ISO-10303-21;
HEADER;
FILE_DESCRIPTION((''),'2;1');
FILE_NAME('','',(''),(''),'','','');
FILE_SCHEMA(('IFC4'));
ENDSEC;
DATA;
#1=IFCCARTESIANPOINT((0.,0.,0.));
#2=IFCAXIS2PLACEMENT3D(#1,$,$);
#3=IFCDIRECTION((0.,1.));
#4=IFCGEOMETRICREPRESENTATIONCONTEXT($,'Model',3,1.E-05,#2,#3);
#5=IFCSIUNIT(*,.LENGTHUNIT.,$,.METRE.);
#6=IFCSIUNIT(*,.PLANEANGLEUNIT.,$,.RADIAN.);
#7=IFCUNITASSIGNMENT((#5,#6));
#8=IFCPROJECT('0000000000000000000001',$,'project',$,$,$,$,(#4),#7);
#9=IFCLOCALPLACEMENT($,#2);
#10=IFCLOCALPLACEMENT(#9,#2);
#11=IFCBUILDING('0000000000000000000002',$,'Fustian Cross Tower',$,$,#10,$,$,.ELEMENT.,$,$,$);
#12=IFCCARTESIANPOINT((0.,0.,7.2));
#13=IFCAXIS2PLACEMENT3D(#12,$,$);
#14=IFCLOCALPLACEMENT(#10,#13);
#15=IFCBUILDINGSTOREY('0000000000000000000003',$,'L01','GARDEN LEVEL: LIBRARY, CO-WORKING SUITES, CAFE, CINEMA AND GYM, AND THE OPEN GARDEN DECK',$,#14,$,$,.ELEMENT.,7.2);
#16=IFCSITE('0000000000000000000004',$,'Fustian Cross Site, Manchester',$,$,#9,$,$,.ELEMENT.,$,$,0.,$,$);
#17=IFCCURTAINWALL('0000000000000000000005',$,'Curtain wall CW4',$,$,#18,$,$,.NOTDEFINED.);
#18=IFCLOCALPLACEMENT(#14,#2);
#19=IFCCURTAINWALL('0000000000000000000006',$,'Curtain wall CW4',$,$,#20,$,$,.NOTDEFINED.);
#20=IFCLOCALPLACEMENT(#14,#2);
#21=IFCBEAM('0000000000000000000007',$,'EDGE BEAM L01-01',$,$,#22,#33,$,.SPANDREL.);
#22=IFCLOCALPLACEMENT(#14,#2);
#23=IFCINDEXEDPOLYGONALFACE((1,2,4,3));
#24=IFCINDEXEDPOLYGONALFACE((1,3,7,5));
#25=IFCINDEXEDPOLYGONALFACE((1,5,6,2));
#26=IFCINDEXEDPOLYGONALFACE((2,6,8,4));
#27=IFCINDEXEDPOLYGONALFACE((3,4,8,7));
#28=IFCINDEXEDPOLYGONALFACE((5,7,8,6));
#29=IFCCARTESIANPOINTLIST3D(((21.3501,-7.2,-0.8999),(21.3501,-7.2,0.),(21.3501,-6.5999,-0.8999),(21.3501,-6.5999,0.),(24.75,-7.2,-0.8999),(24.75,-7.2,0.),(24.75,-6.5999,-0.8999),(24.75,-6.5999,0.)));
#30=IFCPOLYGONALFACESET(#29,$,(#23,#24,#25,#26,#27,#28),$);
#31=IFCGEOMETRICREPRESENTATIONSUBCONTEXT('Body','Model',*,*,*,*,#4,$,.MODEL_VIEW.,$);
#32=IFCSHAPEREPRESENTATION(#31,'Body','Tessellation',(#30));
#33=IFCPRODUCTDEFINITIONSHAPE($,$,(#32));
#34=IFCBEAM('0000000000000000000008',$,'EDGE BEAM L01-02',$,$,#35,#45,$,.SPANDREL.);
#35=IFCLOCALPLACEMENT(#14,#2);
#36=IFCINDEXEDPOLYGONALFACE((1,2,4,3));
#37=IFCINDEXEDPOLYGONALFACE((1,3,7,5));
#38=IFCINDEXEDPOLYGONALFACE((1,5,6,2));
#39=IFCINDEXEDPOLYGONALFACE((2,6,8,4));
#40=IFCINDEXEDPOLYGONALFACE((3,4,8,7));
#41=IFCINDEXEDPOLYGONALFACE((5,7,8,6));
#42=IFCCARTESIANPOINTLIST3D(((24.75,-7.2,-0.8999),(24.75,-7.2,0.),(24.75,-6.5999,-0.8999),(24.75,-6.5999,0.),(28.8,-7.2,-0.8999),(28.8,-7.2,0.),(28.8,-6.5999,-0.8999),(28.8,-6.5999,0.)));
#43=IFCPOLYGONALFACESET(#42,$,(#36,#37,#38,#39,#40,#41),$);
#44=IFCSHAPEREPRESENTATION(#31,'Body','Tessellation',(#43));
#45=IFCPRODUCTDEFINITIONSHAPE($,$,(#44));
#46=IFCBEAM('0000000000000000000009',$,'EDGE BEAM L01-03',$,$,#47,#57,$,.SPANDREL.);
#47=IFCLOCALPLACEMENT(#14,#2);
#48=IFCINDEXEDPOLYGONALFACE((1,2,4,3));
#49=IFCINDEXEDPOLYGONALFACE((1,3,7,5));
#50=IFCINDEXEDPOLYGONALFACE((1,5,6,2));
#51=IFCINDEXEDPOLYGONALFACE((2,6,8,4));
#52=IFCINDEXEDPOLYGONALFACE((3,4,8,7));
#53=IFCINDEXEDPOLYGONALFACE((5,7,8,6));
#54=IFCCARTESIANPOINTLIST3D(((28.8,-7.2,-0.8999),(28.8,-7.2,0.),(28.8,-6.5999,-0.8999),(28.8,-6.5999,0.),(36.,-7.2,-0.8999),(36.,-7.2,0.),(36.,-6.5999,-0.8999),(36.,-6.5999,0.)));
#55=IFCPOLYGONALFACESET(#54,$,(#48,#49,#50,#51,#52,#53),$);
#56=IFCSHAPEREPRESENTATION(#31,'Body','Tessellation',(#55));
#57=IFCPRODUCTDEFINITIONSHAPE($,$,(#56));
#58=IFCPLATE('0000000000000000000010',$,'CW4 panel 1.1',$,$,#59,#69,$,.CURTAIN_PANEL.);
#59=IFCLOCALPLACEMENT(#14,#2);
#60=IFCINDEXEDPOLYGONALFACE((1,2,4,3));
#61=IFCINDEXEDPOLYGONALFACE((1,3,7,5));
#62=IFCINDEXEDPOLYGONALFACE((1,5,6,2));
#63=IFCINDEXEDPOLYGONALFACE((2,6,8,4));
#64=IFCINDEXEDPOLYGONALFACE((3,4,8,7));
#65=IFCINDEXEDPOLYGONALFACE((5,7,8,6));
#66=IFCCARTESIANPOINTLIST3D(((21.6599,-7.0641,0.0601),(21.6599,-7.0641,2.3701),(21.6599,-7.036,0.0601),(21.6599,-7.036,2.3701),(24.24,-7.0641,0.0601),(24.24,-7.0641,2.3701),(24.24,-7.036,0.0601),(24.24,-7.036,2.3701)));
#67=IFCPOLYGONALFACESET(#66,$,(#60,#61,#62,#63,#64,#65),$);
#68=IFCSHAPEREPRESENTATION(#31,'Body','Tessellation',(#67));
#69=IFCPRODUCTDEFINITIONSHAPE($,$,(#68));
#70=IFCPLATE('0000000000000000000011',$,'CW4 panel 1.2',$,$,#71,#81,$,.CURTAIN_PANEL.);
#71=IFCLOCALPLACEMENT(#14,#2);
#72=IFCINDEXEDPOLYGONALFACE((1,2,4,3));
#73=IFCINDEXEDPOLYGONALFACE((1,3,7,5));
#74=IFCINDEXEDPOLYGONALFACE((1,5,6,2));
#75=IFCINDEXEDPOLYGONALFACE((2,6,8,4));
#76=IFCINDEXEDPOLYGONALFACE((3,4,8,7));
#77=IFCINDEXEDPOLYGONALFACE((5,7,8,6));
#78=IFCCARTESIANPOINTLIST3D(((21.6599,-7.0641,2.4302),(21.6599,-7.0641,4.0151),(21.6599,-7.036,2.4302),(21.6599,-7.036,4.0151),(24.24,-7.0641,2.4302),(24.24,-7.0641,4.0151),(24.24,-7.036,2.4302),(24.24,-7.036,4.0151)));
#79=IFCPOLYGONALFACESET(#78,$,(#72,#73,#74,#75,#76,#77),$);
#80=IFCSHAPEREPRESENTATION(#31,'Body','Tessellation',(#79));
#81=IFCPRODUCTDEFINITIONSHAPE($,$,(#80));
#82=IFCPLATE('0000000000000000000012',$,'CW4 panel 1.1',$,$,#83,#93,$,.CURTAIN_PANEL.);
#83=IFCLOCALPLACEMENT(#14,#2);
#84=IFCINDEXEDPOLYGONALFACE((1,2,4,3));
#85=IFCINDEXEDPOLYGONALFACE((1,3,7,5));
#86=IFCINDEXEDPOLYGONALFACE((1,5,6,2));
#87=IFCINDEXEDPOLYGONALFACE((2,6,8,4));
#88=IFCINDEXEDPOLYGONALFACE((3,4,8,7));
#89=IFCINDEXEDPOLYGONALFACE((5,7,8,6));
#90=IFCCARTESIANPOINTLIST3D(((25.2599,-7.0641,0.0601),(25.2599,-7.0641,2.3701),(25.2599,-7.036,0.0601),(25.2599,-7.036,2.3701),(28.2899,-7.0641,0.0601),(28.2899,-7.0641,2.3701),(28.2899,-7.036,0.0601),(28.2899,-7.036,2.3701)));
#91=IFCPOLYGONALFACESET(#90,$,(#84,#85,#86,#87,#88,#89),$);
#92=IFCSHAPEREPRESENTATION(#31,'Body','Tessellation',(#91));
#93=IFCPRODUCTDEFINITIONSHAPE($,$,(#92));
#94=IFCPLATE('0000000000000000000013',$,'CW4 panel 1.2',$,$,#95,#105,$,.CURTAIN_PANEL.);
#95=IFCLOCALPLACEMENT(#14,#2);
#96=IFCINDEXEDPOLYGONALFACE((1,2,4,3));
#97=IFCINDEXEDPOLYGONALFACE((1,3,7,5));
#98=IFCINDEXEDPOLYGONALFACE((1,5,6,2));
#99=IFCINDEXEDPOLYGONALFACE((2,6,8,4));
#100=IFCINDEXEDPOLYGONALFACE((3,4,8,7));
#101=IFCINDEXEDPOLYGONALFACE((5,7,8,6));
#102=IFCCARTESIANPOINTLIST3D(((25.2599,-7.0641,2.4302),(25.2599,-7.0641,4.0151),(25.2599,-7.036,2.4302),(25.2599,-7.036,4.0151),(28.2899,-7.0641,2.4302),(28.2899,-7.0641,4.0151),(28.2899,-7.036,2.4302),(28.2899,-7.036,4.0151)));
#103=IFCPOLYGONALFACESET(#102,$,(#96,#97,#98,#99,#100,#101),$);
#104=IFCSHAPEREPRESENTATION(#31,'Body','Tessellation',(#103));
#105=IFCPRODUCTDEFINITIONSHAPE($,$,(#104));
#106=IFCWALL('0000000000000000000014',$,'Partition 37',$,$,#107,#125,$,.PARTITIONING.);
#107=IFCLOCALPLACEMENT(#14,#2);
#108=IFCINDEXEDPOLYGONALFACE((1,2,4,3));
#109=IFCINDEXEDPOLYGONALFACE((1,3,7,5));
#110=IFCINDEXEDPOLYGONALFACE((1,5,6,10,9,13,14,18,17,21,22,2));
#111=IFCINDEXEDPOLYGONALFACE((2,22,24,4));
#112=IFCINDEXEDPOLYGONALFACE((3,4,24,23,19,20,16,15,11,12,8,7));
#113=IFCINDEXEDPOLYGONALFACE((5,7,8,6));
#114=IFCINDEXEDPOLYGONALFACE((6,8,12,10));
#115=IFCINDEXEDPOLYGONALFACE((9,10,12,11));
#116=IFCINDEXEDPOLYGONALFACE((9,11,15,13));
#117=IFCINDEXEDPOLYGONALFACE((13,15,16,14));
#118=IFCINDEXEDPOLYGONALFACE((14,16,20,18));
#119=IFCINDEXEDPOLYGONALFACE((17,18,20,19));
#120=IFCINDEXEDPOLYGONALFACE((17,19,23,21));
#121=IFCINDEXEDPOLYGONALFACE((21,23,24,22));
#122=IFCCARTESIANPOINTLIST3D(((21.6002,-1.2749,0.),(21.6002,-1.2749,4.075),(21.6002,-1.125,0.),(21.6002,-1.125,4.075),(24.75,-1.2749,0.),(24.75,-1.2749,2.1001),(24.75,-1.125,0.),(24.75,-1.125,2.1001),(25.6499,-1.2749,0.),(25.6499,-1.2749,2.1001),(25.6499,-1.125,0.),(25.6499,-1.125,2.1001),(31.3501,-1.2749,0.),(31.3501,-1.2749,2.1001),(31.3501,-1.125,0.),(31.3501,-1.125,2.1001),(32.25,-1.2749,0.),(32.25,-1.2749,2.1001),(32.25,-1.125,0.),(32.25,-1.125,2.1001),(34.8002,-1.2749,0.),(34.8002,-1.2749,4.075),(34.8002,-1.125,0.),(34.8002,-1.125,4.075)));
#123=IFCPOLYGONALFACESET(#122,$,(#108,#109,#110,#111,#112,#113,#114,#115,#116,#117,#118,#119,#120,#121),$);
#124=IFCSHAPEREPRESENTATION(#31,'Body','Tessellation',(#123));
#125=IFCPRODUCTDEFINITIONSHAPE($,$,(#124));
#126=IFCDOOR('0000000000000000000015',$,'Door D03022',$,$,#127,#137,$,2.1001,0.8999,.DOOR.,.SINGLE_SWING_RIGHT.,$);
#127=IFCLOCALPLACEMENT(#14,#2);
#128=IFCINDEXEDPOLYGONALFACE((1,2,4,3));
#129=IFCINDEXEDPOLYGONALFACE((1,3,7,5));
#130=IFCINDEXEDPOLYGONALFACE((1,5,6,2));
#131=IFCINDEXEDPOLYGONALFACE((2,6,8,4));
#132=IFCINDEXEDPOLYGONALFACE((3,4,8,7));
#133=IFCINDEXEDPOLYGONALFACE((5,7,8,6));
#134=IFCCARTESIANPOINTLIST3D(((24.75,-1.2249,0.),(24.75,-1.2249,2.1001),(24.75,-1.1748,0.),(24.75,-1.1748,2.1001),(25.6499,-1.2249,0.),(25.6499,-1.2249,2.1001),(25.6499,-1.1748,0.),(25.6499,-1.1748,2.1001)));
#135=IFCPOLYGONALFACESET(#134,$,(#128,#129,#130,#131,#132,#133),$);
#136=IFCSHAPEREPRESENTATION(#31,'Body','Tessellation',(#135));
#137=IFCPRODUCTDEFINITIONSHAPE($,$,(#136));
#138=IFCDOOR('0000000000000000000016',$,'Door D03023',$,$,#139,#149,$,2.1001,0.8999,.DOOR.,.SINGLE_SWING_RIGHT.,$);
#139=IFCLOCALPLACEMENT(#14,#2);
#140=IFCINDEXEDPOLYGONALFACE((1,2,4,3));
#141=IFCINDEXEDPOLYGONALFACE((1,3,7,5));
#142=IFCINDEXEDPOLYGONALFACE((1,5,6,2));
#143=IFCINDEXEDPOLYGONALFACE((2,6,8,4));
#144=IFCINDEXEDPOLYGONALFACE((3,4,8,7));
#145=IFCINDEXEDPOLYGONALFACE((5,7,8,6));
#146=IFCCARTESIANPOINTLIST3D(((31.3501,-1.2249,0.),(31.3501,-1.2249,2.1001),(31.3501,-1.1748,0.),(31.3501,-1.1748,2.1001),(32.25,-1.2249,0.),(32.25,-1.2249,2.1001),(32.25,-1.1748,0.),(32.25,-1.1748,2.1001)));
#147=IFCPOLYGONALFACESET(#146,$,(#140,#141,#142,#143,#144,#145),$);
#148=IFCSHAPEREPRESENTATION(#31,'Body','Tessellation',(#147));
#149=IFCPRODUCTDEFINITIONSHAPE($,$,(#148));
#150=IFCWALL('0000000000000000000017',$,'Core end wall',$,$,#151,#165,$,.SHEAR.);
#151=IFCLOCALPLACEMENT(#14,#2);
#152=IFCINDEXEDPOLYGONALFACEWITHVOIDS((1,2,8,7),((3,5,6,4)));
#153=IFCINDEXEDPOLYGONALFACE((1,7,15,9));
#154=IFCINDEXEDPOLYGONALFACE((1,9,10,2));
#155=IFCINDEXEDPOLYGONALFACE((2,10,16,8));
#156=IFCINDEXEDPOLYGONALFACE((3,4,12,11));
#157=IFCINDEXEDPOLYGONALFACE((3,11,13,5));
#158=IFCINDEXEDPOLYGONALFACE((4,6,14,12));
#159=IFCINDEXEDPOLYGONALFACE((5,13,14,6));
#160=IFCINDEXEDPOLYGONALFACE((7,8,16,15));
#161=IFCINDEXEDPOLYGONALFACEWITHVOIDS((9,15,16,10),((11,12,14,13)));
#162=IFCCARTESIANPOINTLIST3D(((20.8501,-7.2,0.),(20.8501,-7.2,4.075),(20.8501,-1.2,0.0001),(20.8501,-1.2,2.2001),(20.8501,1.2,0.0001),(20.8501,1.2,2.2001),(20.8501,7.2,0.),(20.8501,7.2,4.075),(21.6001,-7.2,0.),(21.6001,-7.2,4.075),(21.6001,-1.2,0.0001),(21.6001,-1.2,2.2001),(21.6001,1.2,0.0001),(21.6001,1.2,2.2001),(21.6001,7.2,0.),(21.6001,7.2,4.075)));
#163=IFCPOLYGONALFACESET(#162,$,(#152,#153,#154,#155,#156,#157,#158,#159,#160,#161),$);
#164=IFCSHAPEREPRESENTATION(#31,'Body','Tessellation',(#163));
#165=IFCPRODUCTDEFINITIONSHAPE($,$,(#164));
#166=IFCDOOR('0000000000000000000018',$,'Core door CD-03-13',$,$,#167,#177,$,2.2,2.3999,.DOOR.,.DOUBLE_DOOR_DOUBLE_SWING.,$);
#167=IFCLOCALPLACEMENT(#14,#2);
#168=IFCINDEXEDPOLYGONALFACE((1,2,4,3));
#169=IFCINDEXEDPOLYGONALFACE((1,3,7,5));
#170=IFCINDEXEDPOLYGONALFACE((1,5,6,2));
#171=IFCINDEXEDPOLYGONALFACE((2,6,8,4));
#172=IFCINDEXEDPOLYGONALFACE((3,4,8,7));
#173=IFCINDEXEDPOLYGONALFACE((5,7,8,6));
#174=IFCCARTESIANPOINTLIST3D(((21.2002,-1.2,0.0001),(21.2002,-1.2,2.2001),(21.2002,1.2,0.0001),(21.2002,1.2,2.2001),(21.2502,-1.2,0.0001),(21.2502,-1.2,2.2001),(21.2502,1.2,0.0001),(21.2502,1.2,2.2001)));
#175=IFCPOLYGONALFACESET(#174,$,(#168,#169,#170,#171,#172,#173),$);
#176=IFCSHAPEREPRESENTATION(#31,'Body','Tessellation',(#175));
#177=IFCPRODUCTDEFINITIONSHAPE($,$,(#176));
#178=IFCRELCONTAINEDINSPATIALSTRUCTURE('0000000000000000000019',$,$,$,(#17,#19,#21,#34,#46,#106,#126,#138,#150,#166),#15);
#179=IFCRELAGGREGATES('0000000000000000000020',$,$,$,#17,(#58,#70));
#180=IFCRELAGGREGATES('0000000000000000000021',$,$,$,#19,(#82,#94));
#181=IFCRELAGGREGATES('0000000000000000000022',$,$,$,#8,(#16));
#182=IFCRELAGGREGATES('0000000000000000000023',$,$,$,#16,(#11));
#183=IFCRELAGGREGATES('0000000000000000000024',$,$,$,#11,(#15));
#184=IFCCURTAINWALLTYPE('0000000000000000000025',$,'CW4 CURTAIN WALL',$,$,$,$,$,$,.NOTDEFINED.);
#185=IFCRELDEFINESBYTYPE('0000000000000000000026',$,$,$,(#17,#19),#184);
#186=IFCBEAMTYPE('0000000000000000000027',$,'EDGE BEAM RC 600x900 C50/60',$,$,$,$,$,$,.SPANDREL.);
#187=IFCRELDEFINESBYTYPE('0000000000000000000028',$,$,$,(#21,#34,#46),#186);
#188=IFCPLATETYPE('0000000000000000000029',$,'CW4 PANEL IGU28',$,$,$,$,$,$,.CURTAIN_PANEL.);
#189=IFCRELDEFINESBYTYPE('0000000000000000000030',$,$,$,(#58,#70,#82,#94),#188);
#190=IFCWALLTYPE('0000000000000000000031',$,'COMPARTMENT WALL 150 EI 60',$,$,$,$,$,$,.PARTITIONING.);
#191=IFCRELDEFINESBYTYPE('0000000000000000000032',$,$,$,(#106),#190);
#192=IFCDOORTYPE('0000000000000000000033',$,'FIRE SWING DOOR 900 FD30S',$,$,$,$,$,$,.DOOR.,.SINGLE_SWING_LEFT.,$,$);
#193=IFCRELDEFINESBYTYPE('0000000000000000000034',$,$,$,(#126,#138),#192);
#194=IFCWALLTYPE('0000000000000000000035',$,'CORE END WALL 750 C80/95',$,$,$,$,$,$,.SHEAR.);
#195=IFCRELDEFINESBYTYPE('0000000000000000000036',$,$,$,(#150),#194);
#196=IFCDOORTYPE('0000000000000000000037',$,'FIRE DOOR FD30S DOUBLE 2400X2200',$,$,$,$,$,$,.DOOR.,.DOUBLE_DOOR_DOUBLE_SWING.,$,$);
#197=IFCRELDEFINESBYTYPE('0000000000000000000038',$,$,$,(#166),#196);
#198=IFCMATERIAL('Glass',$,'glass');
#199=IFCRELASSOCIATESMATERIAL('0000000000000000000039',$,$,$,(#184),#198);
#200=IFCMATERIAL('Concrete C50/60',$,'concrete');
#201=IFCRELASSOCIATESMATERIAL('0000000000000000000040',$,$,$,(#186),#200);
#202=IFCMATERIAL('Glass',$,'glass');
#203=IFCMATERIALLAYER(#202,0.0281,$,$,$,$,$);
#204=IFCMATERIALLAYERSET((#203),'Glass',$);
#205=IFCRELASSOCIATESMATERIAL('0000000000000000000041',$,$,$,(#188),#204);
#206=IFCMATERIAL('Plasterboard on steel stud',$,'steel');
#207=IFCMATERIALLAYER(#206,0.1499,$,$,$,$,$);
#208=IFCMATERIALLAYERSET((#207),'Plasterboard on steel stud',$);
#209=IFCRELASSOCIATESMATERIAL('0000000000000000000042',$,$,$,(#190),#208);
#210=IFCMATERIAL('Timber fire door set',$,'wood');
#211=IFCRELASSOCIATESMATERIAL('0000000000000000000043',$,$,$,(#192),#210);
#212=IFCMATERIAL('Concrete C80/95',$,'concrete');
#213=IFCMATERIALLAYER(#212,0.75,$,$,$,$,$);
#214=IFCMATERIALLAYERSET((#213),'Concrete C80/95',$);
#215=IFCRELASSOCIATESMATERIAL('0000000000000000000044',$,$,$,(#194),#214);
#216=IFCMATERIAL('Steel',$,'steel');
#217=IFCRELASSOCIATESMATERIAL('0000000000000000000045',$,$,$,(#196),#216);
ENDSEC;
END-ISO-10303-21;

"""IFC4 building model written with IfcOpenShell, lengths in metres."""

from ifc_helpers import new_model, si_unit, direction, frame, frame_2d, origin, origin_2d, place, context, subcontext, project, spatial, rectangle, extrude, material, layer, layer_set, material_profile, profile_set, type_object, element, fill, aggregate, save


model = new_model("IFC4")

# Units and contexts
model_context = context("Model", 3, precision=1e-05, world=origin(), true_north=direction((0.0, 1.0)))
body_context = subcontext(model_context, "Body", "Model", "MODEL_VIEW")
ifc_project = project(units=[si_unit("LENGTHUNIT", "METRE"), si_unit("PLANEANGLEUNIT", "RADIAN")], contexts=[model_context])

# Site, building, storey
site_placement = place(None, origin())
site = spatial("IfcSite", under=ifc_project, at=site_placement, Name="Fustian Cross Site, Manchester", CompositionType="ELEMENT", RefElevation=0.0)
building_placement = place(site_placement, origin())
building = spatial("IfcBuilding", under=site, at=building_placement, Name="Fustian Cross Tower", CompositionType="ELEMENT")
storey_placement = place(building_placement, frame((0.0, 0.0, 7.2)))
storey = spatial("IfcBuildingStorey", under=building, at=storey_placement, Name="L01", Description="GARDEN LEVEL: LIBRARY, CO-WORKING SUITES, CAFE, CINEMA AND GYM, AND THE OPEN GARDEN DECK", CompositionType="ELEMENT", Elevation=7.2)

# Curtain walls
ifc_material_1 = material(Name="Glass", Category="glass")
curtain_wall_type = type_object("IfcCurtainWallType", Name="CW4 CURTAIN WALL", PredefinedType="NOTDEFINED", material=ifc_material_1)
curtain_wall_1_placement = place(storey_placement, origin())
curtain_wall_1 = element("IfcCurtainWall", 1, at=curtain_wall_1_placement, inside=storey, type_object=curtain_wall_type, Name="Curtain wall CW4", PredefinedType="NOTDEFINED")
curtain_wall_2_placement = place(storey_placement, origin())
curtain_wall_2 = element("IfcCurtainWall", 2, at=curtain_wall_2_placement, inside=storey, type_object=curtain_wall_type, Name="Curtain wall CW4", PredefinedType="NOTDEFINED")

# Beams
ifc_material_2 = material(Name="Concrete C50/60", Category="concrete")
ifc_material_profile_1 = material_profile(ifc_material_2, rectangle(XDim=0.6001, YDim=0.8999, at=origin_2d()), Name="RC 600x900")
ifc_profile_set_1 = profile_set([ifc_material_profile_1], Name="Concrete C50/60")
beam_type = type_object("IfcBeamType", Name="EDGE BEAM RC 600x900 C50/60", PredefinedType="SPANDREL", material=ifc_profile_set_1)
beam_1_placement = place(storey_placement, frame((21.3501, -6.8999, -0.45), z_axis=(1.0, 0.0, 0.0), x_axis=(0.0, 1.0, 0.0)))
element("IfcBeam", 3, at=beam_1_placement, inside=storey, type_object=beam_type, Name="EDGE BEAM L01-01", PredefinedType="SPANDREL", context=body_context, shape_type="SweptSolid", body=[
    extrude(rectangle(XDim=0.6001, YDim=0.8999, at=origin_2d()), origin(), (0.0, 0.0, 1.0), 3.3999),
])
beam_2_placement = place(storey_placement, frame((24.75, -6.8999, -0.45), z_axis=(1.0, 0.0, 0.0), x_axis=(0.0, 1.0, 0.0)))
element("IfcBeam", 4, at=beam_2_placement, inside=storey, type_object=beam_type, Name="EDGE BEAM L01-02", PredefinedType="SPANDREL", context=body_context, shape_type="SweptSolid", body=[
    extrude(rectangle(XDim=0.6001, YDim=0.8999, at=origin_2d()), origin(), (0.0, 0.0, 1.0), 4.05),
])
beam_3_placement = place(storey_placement, frame((28.8, -6.8999, -0.45), z_axis=(1.0, 0.0, 0.0), x_axis=(0.0, 1.0, 0.0)))
element("IfcBeam", 5, at=beam_3_placement, inside=storey, type_object=beam_type, Name="EDGE BEAM L01-03", PredefinedType="SPANDREL", context=body_context, shape_type="SweptSolid", body=[
    extrude(rectangle(XDim=0.6001, YDim=0.8999, at=origin_2d()), origin(), (0.0, 0.0, 1.0), 7.2),
])

# Plates
ifc_material_3 = material(Name="Glass", Category="glass")
ifc_layer_1 = layer(ifc_material_3, 0.0281)
ifc_layer_set_1 = layer_set([ifc_layer_1], Name="Glass")
plate_type = type_object("IfcPlateType", Name="CW4 PANEL IGU28", PredefinedType="CURTAIN_PANEL", material=ifc_layer_set_1)
plate_1_placement = place(storey_placement, frame((22.95, -7.05, 0.0601), z_axis=(0.0, 0.0, 1.0), x_axis=(1.0, 0.0, 0.0)))
plate_1 = element("IfcPlate", 6, at=plate_1_placement, type_object=plate_type, Name="CW4 panel 1.1", PredefinedType="CURTAIN_PANEL", context=body_context, shape_type="SweptSolid", body=[
    extrude(rectangle(XDim=2.5801, YDim=0.0281, at=origin_2d()), origin(), (0.0, 0.0, 1.0), 2.3101),
])
plate_2_placement = place(storey_placement, frame((22.95, -7.05, 2.4302), z_axis=(0.0, 0.0, 1.0), x_axis=(1.0, 0.0, 0.0)))
plate_2 = element("IfcPlate", 7, at=plate_2_placement, type_object=plate_type, Name="CW4 panel 1.2", PredefinedType="CURTAIN_PANEL", context=body_context, shape_type="SweptSolid", body=[
    extrude(rectangle(XDim=2.5801, YDim=0.0281, at=origin_2d()), origin(), (0.0, 0.0, 1.0), 1.585),
])
aggregate(curtain_wall_1, [plate_1, plate_2])
plate_3_placement = place(storey_placement, frame((26.7749, -7.05, 0.0601), z_axis=(0.0, 0.0, 1.0), x_axis=(1.0, 0.0, 0.0)))
plate_3 = element("IfcPlate", 8, at=plate_3_placement, type_object=plate_type, Name="CW4 panel 1.1", PredefinedType="CURTAIN_PANEL", context=body_context, shape_type="SweptSolid", body=[
    extrude(rectangle(XDim=3.03, YDim=0.0281, at=origin_2d()), origin(), (0.0, 0.0, 1.0), 2.3101),
])
plate_4_placement = place(storey_placement, frame((26.7749, -7.05, 2.4302), z_axis=(0.0, 0.0, 1.0), x_axis=(1.0, 0.0, 0.0)))
plate_4 = element("IfcPlate", 9, at=plate_4_placement, type_object=plate_type, Name="CW4 panel 1.2", PredefinedType="CURTAIN_PANEL", context=body_context, shape_type="SweptSolid", body=[
    extrude(rectangle(XDim=3.03, YDim=0.0281, at=origin_2d()), origin(), (0.0, 0.0, 1.0), 1.585),
])
aggregate(curtain_wall_2, [plate_3, plate_4])

# Wall, openings, doors
ifc_material_4 = material(Name="Plasterboard on steel stud", Category="steel")
ifc_layer_2 = layer(ifc_material_4, 0.1499)
ifc_layer_set_2 = layer_set([ifc_layer_2], Name="Plasterboard on steel stud")
wall_type_1 = type_object("IfcWallType", Name="COMPARTMENT WALL 150 EI 60", PredefinedType="PARTITIONING", material=ifc_layer_set_2)
wall_1_placement = place(storey_placement, frame((21.6001, -1.2, 0.0), z_axis=(0.0, 0.0, 1.0), x_axis=(1.0, 0.0, 0.0)))
wall_1 = element("IfcWall", 10, at=wall_1_placement, inside=storey, type_object=wall_type_1, Name="Partition 37", PredefinedType="PARTITIONING", context=body_context, shape_type="SweptSolid", body=[
    extrude(rectangle(XDim=13.2, YDim=0.1499, at=frame_2d((6.6001, 0.0))), origin(), (0.0, 0.0, 1.0), 4.075),
])
opening_1_placement = place(wall_1_placement, frame((3.1499, 0.0, 0.0)))
opening_1 = element("IfcOpeningElement", 11, at=opening_1_placement, cuts=wall_1, PredefinedType="OPENING", context=body_context, shape_type="SweptSolid", body=[
    extrude(rectangle(XDim=0.8999, YDim=2.1001, at=frame_2d((0.45, 1.05))), frame((0.0, 0.085, 0.0), z_axis=(0.0, -1.0, 0.0), x_axis=(1.0, 0.0, 0.0)), (0.0, 0.0, 1.0), 0.1699),
])
opening_2_placement = place(wall_1_placement, frame((9.75, 0.0, 0.0)))
opening_2 = element("IfcOpeningElement", 12, at=opening_2_placement, cuts=wall_1, PredefinedType="OPENING", context=body_context, shape_type="SweptSolid", body=[
    extrude(rectangle(XDim=0.8999, YDim=2.1001, at=frame_2d((0.45, 1.05))), frame((0.0, 0.085, 0.0), z_axis=(0.0, -1.0, 0.0), x_axis=(1.0, 0.0, 0.0)), (0.0, 0.0, 1.0), 0.1699),
])
ifc_material_5 = material(Name="Timber fire door set", Category="wood")
door_type_1 = type_object("IfcDoorType", Name="FIRE SWING DOOR 900 FD30S", OperationType="SINGLE_SWING_LEFT", PredefinedType="DOOR", material=ifc_material_5)
door_1_placement = place(opening_1_placement, frame((0.8999, 0.0, 0.0), z_axis=(0.0, 0.0, 1.0), x_axis=(-1.0, 0.0, 0.0)))
door_1 = element("IfcDoor", 13, at=door_1_placement, inside=storey, type_object=door_type_1, Name="Door D03022", OperationType="SINGLE_SWING_RIGHT", OverallHeight=2.1001, OverallWidth=0.8999, PredefinedType="DOOR", context=body_context, shape_type="SweptSolid", body=[
    extrude(rectangle(XDim=0.8999, YDim=2.1001, at=frame_2d((0.45, 1.05))), frame((0.0, 0.0249, 0.0), z_axis=(0.0, -1.0, 0.0), x_axis=(1.0, 0.0, 0.0)), (0.0, 0.0, 1.0), 0.05),
])
fill(opening_1, door_1)
door_2_placement = place(opening_2_placement, frame((0.8999, 0.0, 0.0), z_axis=(0.0, 0.0, 1.0), x_axis=(-1.0, 0.0, 0.0)))
door_2 = element("IfcDoor", 14, at=door_2_placement, inside=storey, type_object=door_type_1, Name="Door D03023", OperationType="SINGLE_SWING_RIGHT", OverallHeight=2.1001, OverallWidth=0.8999, PredefinedType="DOOR", context=body_context, shape_type="SweptSolid", body=[
    extrude(rectangle(XDim=0.8999, YDim=2.1001, at=frame_2d((0.45, 1.05))), frame((0.0, 0.0249, 0.0), z_axis=(0.0, -1.0, 0.0), x_axis=(1.0, 0.0, 0.0)), (0.0, 0.0, 1.0), 0.05),
])
fill(opening_2, door_2)

# Wall, opening, door
ifc_material_6 = material(Name="Concrete C80/95", Category="concrete")
ifc_layer_3 = layer(ifc_material_6, 0.75)
ifc_layer_set_3 = layer_set([ifc_layer_3], Name="Concrete C80/95")
wall_type_2 = type_object("IfcWallType", Name="CORE END WALL 750 C80/95", PredefinedType="SHEAR", material=ifc_layer_set_3)
wall_2_placement = place(storey_placement, frame((21.2251, -7.2, 0.0), z_axis=(0.0, 0.0, 1.0), x_axis=(0.0, 1.0, 0.0)))
wall_2 = element("IfcWall", 15, at=wall_2_placement, inside=storey, type_object=wall_type_2, Name="Core end wall", PredefinedType="SHEAR", context=body_context, shape_type="SweptSolid", body=[
    extrude(rectangle(XDim=14.3999, YDim=0.75, at=frame_2d((7.2, 0.0))), origin(), (0.0, 0.0, 1.0), 4.075),
])
opening_3_placement = place(wall_2_placement, frame((6.0, 0.0, 0.0)))
opening_3 = element("IfcOpeningElement", 16, at=opening_3_placement, cuts=wall_2, PredefinedType="OPENING", context=body_context, shape_type="SweptSolid", body=[
    extrude(rectangle(XDim=2.3999, YDim=2.2, at=frame_2d((1.2, 1.1001))), frame((0.0, 0.385, 0.0), z_axis=(0.0, -1.0, 0.0), x_axis=(1.0, 0.0, 0.0)), (0.0, 0.0, 1.0), 0.77),
])
ifc_material_7 = material(Name="Steel", Category="steel")
door_type_2 = type_object("IfcDoorType", Name="FIRE DOOR FD30S DOUBLE 2400X2200", OperationType="DOUBLE_DOOR_DOUBLE_SWING", PredefinedType="DOOR", material=ifc_material_7)
door_3_placement = place(opening_3_placement, origin())
door_3 = element("IfcDoor", 17, at=door_3_placement, inside=storey, type_object=door_type_2, Name="Core door CD-03-13", OperationType="DOUBLE_DOOR_DOUBLE_SWING", OverallHeight=2.2, OverallWidth=2.3999, PredefinedType="DOOR", context=body_context, shape_type="SweptSolid", body=[
    extrude(rectangle(XDim=2.3999, YDim=2.2, at=frame_2d((1.2, 1.1001))), frame((0.0, 0.0249, 0.0), z_axis=(0.0, -1.0, 0.0), x_axis=(1.0, 0.0, 0.0)), (0.0, 0.0, 1.0), 0.05),
])
fill(opening_3, door_3)

save(model, "model.ifc")
